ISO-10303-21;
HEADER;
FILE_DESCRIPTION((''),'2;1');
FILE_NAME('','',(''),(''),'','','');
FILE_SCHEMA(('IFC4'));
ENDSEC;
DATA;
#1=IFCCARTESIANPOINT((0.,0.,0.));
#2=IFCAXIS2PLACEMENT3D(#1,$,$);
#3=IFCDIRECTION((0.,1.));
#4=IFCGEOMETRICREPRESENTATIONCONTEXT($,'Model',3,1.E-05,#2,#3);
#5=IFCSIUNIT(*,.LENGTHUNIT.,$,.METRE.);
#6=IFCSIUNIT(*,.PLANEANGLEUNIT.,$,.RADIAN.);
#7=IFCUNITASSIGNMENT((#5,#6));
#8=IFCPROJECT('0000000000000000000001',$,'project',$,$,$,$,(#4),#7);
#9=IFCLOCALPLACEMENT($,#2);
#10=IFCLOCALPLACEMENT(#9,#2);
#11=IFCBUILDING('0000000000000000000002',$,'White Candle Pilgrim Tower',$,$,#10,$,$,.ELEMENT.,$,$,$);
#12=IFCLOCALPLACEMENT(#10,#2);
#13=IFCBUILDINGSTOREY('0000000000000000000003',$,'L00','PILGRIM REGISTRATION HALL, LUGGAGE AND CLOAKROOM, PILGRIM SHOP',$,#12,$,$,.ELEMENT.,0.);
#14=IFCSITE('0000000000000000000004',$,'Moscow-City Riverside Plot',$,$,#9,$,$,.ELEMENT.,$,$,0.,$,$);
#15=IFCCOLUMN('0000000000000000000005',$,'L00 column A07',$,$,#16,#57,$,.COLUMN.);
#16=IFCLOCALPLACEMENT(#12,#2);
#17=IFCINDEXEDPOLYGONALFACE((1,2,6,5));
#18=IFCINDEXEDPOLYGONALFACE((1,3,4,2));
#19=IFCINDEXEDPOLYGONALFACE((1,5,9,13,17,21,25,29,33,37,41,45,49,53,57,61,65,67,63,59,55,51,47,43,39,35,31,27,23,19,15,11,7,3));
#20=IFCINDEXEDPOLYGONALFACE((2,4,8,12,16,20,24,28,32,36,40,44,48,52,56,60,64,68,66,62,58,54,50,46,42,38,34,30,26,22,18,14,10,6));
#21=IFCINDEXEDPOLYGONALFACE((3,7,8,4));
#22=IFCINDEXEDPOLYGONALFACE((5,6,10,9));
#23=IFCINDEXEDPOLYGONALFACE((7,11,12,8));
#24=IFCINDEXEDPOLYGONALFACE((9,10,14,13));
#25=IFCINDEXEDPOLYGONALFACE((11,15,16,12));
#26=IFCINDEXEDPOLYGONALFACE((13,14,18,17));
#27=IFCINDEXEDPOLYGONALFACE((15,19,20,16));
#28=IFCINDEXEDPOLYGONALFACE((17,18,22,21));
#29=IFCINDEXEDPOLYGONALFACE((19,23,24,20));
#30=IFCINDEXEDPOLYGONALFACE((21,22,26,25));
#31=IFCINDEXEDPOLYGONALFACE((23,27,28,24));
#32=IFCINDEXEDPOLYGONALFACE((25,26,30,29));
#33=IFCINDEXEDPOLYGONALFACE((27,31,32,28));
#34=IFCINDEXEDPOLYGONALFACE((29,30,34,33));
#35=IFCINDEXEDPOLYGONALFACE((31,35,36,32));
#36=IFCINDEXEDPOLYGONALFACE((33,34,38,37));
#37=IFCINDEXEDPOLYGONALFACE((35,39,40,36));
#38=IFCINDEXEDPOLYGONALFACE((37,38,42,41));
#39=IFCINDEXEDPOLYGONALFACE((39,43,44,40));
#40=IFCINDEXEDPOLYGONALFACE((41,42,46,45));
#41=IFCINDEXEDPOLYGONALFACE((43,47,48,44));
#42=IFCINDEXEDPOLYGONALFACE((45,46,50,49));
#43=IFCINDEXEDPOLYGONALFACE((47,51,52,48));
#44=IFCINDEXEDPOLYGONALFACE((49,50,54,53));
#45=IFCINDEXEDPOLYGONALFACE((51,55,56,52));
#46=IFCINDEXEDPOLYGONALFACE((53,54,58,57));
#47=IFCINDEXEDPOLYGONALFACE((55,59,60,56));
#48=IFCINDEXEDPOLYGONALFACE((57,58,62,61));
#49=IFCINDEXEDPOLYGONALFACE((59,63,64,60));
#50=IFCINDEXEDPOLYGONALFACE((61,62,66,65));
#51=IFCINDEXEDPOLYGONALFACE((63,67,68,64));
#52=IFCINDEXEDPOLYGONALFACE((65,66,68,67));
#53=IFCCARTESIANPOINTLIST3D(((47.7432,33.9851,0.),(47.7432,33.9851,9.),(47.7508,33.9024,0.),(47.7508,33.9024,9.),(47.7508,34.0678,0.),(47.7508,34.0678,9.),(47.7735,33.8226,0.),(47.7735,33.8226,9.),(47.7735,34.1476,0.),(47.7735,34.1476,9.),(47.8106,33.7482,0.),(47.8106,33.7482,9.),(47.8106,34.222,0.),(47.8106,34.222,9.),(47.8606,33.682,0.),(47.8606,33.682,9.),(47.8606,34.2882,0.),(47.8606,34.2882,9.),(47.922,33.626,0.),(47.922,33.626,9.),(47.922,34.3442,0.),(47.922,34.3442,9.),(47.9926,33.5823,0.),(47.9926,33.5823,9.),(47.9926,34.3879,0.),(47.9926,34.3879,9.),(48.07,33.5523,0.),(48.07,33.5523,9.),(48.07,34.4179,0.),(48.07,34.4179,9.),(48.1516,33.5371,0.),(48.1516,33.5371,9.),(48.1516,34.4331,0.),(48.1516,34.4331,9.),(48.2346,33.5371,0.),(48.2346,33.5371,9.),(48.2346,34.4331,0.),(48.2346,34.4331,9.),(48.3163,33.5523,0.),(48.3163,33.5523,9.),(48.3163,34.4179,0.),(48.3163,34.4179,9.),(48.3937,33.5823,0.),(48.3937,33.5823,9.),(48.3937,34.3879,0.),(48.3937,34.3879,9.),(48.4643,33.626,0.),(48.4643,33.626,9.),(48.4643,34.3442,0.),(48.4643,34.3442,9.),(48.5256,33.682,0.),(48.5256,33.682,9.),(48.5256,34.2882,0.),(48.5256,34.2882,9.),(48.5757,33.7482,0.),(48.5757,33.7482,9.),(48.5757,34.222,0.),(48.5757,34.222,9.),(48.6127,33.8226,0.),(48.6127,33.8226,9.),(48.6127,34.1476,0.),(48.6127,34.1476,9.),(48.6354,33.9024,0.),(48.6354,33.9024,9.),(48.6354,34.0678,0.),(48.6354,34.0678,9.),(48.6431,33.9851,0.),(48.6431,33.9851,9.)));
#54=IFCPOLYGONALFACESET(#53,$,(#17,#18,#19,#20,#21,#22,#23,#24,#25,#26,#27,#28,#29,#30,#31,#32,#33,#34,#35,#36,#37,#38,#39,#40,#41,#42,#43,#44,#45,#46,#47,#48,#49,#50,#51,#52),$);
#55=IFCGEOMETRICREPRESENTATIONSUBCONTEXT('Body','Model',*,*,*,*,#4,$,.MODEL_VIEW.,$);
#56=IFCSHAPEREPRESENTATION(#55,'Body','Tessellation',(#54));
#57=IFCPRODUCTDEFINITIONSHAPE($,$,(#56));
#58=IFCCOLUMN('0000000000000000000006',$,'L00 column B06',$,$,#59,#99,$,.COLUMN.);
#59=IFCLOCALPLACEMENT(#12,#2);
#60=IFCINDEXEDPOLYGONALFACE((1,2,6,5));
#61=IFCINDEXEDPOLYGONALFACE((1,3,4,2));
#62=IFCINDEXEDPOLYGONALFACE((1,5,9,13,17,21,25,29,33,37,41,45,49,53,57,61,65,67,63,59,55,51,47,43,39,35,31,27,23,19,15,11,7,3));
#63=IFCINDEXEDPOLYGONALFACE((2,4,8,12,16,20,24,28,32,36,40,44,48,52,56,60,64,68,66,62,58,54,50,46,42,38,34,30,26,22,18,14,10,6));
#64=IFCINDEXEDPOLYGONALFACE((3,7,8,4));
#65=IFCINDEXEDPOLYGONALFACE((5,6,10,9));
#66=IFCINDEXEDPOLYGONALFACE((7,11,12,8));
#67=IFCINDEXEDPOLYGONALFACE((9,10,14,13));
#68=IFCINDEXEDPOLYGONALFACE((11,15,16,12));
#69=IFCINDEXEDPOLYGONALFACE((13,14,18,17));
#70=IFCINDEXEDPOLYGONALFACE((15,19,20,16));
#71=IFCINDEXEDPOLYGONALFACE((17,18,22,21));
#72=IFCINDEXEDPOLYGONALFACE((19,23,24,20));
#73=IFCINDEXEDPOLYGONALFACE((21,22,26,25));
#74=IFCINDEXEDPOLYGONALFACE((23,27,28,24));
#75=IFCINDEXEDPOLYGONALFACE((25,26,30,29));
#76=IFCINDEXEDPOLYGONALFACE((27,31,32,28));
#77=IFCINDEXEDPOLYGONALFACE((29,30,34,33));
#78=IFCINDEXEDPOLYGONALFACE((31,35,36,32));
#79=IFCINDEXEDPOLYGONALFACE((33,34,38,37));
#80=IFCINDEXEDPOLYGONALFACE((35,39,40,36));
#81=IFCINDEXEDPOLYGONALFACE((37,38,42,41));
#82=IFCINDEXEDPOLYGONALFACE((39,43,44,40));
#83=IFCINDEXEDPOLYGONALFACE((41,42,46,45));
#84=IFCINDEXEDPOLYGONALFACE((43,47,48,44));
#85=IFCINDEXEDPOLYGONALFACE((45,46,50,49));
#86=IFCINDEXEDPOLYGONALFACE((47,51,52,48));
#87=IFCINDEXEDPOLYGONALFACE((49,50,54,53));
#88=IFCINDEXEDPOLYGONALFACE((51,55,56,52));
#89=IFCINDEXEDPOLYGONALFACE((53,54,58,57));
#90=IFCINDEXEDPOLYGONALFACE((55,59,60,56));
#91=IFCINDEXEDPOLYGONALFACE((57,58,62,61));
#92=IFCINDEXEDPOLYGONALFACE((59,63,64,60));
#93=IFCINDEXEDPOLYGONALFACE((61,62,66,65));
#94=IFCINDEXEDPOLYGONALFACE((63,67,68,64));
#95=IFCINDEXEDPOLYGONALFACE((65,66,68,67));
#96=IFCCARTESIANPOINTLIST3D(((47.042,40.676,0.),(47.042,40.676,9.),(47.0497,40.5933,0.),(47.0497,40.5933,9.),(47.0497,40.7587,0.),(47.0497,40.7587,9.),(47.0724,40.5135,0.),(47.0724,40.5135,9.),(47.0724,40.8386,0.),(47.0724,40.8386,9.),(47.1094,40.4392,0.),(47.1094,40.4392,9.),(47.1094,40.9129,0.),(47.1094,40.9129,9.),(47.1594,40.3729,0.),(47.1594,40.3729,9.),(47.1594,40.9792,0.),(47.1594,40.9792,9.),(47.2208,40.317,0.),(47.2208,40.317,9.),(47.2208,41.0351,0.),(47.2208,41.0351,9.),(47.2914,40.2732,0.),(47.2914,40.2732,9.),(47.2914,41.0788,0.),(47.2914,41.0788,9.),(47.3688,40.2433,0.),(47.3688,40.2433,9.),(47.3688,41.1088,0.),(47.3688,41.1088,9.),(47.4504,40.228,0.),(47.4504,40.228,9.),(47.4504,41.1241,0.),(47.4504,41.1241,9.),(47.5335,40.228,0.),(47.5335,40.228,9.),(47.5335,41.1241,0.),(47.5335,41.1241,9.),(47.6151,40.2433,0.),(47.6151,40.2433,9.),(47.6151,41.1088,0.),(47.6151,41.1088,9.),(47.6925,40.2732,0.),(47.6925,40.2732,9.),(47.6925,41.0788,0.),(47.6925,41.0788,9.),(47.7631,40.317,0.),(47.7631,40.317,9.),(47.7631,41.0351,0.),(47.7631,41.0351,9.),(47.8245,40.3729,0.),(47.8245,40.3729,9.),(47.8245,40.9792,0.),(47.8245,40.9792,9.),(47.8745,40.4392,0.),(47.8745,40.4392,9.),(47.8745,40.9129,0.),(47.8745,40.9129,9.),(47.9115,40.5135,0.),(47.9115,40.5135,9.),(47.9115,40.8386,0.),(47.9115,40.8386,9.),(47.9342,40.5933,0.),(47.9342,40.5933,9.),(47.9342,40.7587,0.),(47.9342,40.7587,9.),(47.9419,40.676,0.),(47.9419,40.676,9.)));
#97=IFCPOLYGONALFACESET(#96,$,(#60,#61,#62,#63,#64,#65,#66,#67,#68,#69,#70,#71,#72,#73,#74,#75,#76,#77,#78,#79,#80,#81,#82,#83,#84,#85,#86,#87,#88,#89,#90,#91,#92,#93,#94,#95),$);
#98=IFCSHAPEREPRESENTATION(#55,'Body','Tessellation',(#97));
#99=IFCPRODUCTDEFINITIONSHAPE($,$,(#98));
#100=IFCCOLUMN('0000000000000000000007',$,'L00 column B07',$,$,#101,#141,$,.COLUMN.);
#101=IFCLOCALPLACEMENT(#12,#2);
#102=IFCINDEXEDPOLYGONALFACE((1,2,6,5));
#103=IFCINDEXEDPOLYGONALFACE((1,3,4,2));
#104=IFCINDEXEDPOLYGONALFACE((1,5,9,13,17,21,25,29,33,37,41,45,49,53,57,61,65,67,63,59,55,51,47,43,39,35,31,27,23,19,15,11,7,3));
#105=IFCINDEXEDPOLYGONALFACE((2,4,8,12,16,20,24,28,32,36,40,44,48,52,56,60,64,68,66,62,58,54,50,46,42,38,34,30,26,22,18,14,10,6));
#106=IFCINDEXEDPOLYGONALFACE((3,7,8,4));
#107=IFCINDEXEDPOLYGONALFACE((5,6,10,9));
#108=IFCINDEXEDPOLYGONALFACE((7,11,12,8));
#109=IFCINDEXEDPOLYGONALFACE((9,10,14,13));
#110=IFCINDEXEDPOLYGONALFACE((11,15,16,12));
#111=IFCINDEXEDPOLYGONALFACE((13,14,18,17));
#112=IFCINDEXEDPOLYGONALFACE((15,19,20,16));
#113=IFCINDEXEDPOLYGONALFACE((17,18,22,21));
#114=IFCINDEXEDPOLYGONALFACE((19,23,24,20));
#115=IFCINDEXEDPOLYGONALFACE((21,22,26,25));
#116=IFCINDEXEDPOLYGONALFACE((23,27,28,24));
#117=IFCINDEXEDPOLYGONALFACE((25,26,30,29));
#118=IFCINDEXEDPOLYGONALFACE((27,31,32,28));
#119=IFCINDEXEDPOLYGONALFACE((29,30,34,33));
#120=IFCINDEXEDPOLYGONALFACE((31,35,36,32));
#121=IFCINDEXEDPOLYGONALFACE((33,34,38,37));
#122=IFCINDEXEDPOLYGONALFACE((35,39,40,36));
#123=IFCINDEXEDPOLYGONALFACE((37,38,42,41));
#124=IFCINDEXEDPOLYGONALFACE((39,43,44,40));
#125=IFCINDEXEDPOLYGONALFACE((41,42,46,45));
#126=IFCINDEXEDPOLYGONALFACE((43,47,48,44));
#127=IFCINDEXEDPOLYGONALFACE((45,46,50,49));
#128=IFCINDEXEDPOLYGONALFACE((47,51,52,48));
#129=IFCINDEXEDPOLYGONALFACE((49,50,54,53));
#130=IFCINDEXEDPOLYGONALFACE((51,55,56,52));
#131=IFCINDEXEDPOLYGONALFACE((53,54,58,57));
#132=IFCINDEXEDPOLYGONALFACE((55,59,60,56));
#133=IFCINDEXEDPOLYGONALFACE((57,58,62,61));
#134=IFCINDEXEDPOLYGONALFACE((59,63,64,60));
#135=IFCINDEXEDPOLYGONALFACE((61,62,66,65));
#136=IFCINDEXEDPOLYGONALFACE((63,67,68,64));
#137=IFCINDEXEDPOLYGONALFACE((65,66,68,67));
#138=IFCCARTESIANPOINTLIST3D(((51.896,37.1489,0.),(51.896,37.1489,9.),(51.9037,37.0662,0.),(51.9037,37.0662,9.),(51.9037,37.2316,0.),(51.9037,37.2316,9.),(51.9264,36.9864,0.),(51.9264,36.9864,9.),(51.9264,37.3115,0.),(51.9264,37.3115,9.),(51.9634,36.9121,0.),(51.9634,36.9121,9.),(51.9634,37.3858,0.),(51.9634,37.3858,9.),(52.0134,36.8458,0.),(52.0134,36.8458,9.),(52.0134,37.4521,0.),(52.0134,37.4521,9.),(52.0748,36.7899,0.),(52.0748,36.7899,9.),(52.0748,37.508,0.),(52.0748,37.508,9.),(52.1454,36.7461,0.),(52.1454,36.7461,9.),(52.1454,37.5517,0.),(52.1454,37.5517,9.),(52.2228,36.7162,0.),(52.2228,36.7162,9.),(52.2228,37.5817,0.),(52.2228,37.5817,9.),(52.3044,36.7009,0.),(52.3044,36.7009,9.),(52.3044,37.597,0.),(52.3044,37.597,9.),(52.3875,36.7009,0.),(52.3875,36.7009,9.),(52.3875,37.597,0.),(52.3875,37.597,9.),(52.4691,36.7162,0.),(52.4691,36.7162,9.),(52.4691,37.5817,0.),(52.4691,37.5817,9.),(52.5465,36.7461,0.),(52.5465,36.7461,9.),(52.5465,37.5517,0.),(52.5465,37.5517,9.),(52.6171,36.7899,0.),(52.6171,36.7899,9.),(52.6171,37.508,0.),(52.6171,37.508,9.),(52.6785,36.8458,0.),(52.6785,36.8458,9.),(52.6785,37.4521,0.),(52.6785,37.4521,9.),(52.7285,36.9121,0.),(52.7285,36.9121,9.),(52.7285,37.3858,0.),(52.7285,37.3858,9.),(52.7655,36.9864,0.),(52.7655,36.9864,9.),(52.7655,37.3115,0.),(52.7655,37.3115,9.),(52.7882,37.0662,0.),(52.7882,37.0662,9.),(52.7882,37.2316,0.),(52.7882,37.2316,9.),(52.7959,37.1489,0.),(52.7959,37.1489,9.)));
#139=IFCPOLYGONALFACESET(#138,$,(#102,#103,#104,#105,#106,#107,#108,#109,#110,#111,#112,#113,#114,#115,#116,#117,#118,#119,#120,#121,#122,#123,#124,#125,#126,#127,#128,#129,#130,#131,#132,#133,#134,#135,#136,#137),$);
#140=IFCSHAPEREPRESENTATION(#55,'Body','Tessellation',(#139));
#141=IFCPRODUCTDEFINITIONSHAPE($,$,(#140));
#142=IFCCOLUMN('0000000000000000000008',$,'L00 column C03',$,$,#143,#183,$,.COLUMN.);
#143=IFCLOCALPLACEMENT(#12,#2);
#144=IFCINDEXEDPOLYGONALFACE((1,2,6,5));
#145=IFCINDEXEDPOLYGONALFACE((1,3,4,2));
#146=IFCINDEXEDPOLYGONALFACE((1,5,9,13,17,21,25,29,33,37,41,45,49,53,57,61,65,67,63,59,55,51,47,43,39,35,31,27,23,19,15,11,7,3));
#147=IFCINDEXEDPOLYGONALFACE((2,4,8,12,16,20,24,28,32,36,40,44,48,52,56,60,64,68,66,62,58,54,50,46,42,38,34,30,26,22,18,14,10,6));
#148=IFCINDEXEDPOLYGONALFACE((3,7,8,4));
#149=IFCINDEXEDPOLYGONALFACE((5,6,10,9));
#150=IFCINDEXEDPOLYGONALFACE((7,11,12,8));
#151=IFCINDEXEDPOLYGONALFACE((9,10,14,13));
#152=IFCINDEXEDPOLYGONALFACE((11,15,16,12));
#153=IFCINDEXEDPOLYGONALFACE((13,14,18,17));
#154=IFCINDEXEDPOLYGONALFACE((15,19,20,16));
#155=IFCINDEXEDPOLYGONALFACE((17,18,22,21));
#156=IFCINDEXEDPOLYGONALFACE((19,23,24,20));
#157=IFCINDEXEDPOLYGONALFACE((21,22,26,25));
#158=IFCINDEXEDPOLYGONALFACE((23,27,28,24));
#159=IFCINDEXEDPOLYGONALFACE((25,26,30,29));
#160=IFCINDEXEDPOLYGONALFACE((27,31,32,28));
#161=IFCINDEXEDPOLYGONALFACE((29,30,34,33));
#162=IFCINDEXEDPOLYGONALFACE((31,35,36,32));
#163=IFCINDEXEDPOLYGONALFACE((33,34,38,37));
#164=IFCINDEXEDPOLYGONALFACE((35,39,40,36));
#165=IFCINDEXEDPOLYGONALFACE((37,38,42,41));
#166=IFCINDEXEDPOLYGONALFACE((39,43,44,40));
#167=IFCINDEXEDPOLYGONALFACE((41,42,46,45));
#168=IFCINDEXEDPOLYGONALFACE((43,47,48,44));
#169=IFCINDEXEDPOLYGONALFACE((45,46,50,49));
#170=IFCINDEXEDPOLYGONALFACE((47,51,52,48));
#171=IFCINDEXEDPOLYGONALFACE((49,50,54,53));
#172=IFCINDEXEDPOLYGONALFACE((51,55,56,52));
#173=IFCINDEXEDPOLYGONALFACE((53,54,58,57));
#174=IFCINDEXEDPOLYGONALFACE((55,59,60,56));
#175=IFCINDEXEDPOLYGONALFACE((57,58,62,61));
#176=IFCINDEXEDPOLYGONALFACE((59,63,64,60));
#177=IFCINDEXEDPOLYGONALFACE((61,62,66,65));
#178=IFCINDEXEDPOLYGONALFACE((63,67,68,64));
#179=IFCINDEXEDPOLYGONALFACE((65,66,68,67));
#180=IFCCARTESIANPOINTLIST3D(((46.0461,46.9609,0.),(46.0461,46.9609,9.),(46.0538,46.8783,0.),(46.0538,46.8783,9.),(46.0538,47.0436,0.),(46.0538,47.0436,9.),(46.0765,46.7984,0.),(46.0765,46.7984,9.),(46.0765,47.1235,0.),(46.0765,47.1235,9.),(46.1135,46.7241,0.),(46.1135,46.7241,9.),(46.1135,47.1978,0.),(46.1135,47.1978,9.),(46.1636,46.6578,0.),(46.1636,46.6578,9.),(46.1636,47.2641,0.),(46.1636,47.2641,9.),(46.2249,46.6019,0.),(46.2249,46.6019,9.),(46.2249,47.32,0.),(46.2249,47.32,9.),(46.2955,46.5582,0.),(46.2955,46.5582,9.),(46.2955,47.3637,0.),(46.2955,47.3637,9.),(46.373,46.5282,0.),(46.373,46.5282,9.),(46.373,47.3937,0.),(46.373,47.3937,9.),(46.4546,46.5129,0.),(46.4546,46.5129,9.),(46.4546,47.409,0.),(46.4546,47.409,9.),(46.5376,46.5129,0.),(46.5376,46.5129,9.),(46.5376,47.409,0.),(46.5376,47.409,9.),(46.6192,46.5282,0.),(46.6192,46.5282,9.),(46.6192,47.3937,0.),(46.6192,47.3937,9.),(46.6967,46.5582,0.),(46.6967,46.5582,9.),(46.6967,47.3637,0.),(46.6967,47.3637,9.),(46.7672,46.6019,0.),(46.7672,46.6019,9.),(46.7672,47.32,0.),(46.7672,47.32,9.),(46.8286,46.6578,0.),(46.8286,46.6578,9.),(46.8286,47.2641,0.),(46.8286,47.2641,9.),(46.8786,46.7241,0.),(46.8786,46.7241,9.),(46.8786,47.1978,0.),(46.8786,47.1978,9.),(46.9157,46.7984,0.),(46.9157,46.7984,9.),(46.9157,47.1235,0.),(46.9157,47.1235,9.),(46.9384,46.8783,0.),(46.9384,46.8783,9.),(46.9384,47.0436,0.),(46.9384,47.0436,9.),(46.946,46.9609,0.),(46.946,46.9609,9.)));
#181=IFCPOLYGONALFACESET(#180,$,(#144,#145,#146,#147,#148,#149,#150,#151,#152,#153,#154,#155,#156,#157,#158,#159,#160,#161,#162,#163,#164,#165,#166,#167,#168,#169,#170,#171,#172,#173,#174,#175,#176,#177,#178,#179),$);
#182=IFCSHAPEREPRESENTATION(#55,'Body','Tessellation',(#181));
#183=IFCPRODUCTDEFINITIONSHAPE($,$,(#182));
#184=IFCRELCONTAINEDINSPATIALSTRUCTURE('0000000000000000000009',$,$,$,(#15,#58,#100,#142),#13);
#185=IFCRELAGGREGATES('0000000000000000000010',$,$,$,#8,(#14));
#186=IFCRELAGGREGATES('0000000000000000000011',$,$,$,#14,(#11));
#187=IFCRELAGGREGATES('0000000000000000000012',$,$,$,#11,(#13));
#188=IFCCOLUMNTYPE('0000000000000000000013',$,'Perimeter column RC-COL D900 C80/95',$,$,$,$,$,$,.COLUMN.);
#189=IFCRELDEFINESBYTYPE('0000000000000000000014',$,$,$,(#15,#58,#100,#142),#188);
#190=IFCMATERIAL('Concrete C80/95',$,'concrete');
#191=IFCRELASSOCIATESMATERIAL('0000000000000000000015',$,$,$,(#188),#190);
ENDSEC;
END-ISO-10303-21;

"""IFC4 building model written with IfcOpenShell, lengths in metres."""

from ifc_helpers import new_model, si_unit, direction, frame, origin, origin_2d, place, context, subcontext, project, spatial, circle, extrude, material, material_profile, profile_set, type_object, element, save


model = new_model("IFC4")

# Units and contexts
model_context = context("Model", 3, precision=1e-05, world=origin(), true_north=direction((0.0, 1.0)))
body_context = subcontext(model_context, "Body", "Model", "MODEL_VIEW")
ifc_project = project(units=[si_unit("LENGTHUNIT", "METRE"), si_unit("PLANEANGLEUNIT", "RADIAN")], contexts=[model_context])

# Site, building, storey
site_placement = place(None, origin())
site = spatial("IfcSite", under=ifc_project, at=site_placement, Name="Moscow-City Riverside Plot", CompositionType="ELEMENT", RefElevation=0.0)
building_placement = place(site_placement, origin())
building = spatial("IfcBuilding", under=site, at=building_placement, Name="White Candle Pilgrim Tower", CompositionType="ELEMENT")
storey_placement = place(building_placement, origin())
storey = spatial("IfcBuildingStorey", under=building, at=storey_placement, Name="L00", Description="PILGRIM REGISTRATION HALL, LUGGAGE AND CLOAKROOM, PILGRIM SHOP", CompositionType="ELEMENT", Elevation=0.0)

# Columns
ifc_material_1 = material(Name="Concrete C80/95", Category="concrete")
ifc_material_profile_1 = material_profile(ifc_material_1, circle(Radius=0.45, at=origin_2d()), Name="RC-COL D900")
ifc_profile_set_1 = profile_set([ifc_material_profile_1], Name="Concrete C80/95")
column_type = type_object("IfcColumnType", Name="Perimeter column RC-COL D900 C80/95", PredefinedType="COLUMN", material=ifc_profile_set_1)
for number, where, z_axis, x_axis, name in (
    (1, (48.1931, 33.9851, 0.0), (0.0, 0.0, 1.0), (1.0, 0.0, 0.0), "L00 column A07"),
    (2, (47.4919, 40.676, 0.0), (0.0, 0.0, 1.0), (1.0, 0.0, 0.0), "L00 column B06"),
    (3, (52.3459, 37.1489, 0.0), (0.0, 0.0, 1.0), (1.0, 0.0, 0.0), "L00 column B07"),
    (4, (46.4961, 46.9609, 0.0), (0.0, 0.0, 1.0), (1.0, 0.0, 0.0), "L00 column C03"),
):
    element("IfcColumn", number, at=place(storey_placement, frame(where, z_axis=z_axis, x_axis=x_axis)), inside=storey, type_object=column_type, Name=name, PredefinedType="COLUMN", context=body_context, shape_type="SweptSolid", body=[
        extrude(circle(Radius=0.45, at=origin_2d()), origin(), (0.0, 0.0, 1.0), 9.0),
    ])

save(model, "model.ifc")
